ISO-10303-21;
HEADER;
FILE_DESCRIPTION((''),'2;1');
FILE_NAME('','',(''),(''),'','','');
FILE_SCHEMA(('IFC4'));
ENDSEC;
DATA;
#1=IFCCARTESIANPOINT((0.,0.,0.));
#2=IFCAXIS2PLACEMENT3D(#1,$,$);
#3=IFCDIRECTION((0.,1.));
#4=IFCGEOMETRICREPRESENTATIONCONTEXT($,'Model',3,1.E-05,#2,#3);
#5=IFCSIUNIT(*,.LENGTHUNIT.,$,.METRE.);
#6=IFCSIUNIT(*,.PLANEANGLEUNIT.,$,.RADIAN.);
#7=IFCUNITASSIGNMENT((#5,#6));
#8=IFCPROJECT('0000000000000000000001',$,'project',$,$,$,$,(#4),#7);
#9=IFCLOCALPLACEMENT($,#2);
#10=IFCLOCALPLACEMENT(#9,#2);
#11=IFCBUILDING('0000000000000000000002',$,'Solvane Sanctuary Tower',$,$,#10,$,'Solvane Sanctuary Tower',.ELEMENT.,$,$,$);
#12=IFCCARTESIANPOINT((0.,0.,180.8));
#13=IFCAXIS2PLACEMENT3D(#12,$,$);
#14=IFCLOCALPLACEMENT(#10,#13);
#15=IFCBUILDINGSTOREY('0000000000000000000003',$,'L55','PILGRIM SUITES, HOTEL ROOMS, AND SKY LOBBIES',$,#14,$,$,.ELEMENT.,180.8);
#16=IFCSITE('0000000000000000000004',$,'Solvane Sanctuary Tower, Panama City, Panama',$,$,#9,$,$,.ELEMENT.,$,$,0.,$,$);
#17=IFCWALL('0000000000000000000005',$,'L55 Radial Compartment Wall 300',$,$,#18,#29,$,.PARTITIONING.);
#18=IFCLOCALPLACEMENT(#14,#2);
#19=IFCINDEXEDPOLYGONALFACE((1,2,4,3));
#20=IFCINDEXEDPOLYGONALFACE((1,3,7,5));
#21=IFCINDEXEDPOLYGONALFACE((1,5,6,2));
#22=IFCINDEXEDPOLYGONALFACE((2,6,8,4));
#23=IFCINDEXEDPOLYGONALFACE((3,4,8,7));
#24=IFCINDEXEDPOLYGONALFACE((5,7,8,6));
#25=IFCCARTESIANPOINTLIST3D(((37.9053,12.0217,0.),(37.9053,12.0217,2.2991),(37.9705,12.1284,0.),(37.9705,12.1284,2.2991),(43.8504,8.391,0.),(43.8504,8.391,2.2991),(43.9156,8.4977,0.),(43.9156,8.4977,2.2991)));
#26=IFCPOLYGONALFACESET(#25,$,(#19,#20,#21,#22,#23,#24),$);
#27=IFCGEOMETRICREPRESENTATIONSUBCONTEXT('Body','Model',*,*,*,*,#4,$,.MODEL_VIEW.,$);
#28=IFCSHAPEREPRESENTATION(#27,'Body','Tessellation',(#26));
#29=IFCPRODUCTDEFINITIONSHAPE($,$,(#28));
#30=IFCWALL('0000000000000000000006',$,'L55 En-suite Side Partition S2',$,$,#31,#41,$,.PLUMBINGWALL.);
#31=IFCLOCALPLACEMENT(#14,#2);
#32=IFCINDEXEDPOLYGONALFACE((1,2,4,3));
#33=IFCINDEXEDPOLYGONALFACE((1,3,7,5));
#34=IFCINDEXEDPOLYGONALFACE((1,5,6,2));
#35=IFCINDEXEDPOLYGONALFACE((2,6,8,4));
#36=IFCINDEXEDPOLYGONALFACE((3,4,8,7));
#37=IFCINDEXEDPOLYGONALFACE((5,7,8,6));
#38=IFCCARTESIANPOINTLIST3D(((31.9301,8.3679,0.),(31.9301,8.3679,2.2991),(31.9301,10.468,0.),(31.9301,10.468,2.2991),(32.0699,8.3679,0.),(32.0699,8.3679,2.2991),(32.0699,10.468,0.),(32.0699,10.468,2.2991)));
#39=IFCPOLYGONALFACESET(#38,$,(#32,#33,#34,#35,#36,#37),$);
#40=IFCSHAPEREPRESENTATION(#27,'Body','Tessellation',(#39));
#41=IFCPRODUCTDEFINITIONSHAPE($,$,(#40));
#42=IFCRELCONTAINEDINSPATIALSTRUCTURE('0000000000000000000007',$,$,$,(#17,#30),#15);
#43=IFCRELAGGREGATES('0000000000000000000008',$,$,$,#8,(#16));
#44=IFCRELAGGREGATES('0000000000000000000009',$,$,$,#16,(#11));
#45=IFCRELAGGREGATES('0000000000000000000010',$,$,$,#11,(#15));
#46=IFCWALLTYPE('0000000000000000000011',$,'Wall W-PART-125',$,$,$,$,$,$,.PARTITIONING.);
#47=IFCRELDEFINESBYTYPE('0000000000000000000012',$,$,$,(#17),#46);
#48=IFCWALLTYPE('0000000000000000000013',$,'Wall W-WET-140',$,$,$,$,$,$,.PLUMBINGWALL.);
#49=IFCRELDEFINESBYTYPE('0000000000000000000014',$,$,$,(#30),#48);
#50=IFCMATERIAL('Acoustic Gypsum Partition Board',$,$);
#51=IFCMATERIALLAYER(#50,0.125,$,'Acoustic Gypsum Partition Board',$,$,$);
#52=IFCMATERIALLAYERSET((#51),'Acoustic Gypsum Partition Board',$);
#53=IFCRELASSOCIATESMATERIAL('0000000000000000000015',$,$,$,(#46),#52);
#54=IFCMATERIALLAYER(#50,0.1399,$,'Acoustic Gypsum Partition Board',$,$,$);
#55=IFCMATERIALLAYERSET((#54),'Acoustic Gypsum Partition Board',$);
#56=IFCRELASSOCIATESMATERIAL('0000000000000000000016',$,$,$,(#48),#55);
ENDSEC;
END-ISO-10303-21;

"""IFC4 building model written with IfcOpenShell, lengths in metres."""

from ifc_helpers import new_model, si_unit, direction, frame, frame_2d, origin, place, context, subcontext, project, spatial, rectangle, extrude, material, layer, layer_set, type_object, element, save


model = new_model("IFC4")

# Units and contexts
model_context = context("Model", 3, precision=1e-05, world=origin(), true_north=direction((0.0, 1.0)))
body_context = subcontext(model_context, "Body", "Model", "MODEL_VIEW")
ifc_project = project(units=[si_unit("LENGTHUNIT", "METRE"), si_unit("PLANEANGLEUNIT", "RADIAN")], contexts=[model_context])

# Site, building, storey
site_placement = place(None, origin())
site = spatial("IfcSite", under=ifc_project, at=site_placement, Name="Solvane Sanctuary Tower, Panama City, Panama", CompositionType="ELEMENT", RefElevation=0.0)
building_placement = place(site_placement, origin())
building = spatial("IfcBuilding", under=site, at=building_placement, Name="Solvane Sanctuary Tower", LongName="Solvane Sanctuary Tower", CompositionType="ELEMENT")
storey_placement = place(building_placement, frame((0.0, 0.0, 180.8)))
storey = spatial("IfcBuildingStorey", under=building, at=storey_placement, Name="L55", Description="PILGRIM SUITES, HOTEL ROOMS, AND SKY LOBBIES", CompositionType="ELEMENT", Elevation=180.8)

# Shared definitions
ifc_material_1 = material(Name="Acoustic Gypsum Partition Board")

# Walls
ifc_layer_1 = layer(ifc_material_1, 0.125, Name="Acoustic Gypsum Partition Board")
ifc_layer_set_1 = layer_set([ifc_layer_1], Name="Acoustic Gypsum Partition Board")
wall_type_1 = type_object("IfcWallType", Name="Wall W-PART-125", PredefinedType="PARTITIONING", material=ifc_layer_set_1)
wall_1_placement = place(storey_placement, frame((37.938, 12.075, 0.0), z_axis=(0.0, 0.0, 1.0), x_axis=(0.85344, -0.521191, 0.0)))
element("IfcWall", 1, at=wall_1_placement, inside=storey, type_object=wall_type_1, Name="L55 Radial Compartment Wall 300", PredefinedType="PARTITIONING", context=body_context, shape_type="SweptSolid", body=[
    extrude(rectangle(XDim=6.9661, YDim=0.125, at=frame_2d((3.4829, 0.0))), origin(), (0.0, 0.0, 1.0), 2.2991),
])
ifc_layer_2 = layer(ifc_material_1, 0.1399, Name="Acoustic Gypsum Partition Board")
ifc_layer_set_2 = layer_set([ifc_layer_2], Name="Acoustic Gypsum Partition Board")
wall_type_2 = type_object("IfcWallType", Name="Wall W-WET-140", PredefinedType="PLUMBINGWALL", material=ifc_layer_set_2)
wall_2_placement = place(storey_placement, frame((32.0, 10.468, 0.0), z_axis=(0.0, 0.0, 1.0), x_axis=(0.0, -1.0, 0.0)))
element("IfcWall", 2, at=wall_2_placement, inside=storey, type_object=wall_type_2, Name="L55 En-suite Side Partition S2", PredefinedType="PLUMBINGWALL", context=body_context, shape_type="SweptSolid", body=[
    extrude(rectangle(XDim=2.1001, YDim=0.1399, at=frame_2d((1.05, 0.0))), origin(), (0.0, 0.0, 1.0), 2.2991),
])

save(model, "model.ifc")
